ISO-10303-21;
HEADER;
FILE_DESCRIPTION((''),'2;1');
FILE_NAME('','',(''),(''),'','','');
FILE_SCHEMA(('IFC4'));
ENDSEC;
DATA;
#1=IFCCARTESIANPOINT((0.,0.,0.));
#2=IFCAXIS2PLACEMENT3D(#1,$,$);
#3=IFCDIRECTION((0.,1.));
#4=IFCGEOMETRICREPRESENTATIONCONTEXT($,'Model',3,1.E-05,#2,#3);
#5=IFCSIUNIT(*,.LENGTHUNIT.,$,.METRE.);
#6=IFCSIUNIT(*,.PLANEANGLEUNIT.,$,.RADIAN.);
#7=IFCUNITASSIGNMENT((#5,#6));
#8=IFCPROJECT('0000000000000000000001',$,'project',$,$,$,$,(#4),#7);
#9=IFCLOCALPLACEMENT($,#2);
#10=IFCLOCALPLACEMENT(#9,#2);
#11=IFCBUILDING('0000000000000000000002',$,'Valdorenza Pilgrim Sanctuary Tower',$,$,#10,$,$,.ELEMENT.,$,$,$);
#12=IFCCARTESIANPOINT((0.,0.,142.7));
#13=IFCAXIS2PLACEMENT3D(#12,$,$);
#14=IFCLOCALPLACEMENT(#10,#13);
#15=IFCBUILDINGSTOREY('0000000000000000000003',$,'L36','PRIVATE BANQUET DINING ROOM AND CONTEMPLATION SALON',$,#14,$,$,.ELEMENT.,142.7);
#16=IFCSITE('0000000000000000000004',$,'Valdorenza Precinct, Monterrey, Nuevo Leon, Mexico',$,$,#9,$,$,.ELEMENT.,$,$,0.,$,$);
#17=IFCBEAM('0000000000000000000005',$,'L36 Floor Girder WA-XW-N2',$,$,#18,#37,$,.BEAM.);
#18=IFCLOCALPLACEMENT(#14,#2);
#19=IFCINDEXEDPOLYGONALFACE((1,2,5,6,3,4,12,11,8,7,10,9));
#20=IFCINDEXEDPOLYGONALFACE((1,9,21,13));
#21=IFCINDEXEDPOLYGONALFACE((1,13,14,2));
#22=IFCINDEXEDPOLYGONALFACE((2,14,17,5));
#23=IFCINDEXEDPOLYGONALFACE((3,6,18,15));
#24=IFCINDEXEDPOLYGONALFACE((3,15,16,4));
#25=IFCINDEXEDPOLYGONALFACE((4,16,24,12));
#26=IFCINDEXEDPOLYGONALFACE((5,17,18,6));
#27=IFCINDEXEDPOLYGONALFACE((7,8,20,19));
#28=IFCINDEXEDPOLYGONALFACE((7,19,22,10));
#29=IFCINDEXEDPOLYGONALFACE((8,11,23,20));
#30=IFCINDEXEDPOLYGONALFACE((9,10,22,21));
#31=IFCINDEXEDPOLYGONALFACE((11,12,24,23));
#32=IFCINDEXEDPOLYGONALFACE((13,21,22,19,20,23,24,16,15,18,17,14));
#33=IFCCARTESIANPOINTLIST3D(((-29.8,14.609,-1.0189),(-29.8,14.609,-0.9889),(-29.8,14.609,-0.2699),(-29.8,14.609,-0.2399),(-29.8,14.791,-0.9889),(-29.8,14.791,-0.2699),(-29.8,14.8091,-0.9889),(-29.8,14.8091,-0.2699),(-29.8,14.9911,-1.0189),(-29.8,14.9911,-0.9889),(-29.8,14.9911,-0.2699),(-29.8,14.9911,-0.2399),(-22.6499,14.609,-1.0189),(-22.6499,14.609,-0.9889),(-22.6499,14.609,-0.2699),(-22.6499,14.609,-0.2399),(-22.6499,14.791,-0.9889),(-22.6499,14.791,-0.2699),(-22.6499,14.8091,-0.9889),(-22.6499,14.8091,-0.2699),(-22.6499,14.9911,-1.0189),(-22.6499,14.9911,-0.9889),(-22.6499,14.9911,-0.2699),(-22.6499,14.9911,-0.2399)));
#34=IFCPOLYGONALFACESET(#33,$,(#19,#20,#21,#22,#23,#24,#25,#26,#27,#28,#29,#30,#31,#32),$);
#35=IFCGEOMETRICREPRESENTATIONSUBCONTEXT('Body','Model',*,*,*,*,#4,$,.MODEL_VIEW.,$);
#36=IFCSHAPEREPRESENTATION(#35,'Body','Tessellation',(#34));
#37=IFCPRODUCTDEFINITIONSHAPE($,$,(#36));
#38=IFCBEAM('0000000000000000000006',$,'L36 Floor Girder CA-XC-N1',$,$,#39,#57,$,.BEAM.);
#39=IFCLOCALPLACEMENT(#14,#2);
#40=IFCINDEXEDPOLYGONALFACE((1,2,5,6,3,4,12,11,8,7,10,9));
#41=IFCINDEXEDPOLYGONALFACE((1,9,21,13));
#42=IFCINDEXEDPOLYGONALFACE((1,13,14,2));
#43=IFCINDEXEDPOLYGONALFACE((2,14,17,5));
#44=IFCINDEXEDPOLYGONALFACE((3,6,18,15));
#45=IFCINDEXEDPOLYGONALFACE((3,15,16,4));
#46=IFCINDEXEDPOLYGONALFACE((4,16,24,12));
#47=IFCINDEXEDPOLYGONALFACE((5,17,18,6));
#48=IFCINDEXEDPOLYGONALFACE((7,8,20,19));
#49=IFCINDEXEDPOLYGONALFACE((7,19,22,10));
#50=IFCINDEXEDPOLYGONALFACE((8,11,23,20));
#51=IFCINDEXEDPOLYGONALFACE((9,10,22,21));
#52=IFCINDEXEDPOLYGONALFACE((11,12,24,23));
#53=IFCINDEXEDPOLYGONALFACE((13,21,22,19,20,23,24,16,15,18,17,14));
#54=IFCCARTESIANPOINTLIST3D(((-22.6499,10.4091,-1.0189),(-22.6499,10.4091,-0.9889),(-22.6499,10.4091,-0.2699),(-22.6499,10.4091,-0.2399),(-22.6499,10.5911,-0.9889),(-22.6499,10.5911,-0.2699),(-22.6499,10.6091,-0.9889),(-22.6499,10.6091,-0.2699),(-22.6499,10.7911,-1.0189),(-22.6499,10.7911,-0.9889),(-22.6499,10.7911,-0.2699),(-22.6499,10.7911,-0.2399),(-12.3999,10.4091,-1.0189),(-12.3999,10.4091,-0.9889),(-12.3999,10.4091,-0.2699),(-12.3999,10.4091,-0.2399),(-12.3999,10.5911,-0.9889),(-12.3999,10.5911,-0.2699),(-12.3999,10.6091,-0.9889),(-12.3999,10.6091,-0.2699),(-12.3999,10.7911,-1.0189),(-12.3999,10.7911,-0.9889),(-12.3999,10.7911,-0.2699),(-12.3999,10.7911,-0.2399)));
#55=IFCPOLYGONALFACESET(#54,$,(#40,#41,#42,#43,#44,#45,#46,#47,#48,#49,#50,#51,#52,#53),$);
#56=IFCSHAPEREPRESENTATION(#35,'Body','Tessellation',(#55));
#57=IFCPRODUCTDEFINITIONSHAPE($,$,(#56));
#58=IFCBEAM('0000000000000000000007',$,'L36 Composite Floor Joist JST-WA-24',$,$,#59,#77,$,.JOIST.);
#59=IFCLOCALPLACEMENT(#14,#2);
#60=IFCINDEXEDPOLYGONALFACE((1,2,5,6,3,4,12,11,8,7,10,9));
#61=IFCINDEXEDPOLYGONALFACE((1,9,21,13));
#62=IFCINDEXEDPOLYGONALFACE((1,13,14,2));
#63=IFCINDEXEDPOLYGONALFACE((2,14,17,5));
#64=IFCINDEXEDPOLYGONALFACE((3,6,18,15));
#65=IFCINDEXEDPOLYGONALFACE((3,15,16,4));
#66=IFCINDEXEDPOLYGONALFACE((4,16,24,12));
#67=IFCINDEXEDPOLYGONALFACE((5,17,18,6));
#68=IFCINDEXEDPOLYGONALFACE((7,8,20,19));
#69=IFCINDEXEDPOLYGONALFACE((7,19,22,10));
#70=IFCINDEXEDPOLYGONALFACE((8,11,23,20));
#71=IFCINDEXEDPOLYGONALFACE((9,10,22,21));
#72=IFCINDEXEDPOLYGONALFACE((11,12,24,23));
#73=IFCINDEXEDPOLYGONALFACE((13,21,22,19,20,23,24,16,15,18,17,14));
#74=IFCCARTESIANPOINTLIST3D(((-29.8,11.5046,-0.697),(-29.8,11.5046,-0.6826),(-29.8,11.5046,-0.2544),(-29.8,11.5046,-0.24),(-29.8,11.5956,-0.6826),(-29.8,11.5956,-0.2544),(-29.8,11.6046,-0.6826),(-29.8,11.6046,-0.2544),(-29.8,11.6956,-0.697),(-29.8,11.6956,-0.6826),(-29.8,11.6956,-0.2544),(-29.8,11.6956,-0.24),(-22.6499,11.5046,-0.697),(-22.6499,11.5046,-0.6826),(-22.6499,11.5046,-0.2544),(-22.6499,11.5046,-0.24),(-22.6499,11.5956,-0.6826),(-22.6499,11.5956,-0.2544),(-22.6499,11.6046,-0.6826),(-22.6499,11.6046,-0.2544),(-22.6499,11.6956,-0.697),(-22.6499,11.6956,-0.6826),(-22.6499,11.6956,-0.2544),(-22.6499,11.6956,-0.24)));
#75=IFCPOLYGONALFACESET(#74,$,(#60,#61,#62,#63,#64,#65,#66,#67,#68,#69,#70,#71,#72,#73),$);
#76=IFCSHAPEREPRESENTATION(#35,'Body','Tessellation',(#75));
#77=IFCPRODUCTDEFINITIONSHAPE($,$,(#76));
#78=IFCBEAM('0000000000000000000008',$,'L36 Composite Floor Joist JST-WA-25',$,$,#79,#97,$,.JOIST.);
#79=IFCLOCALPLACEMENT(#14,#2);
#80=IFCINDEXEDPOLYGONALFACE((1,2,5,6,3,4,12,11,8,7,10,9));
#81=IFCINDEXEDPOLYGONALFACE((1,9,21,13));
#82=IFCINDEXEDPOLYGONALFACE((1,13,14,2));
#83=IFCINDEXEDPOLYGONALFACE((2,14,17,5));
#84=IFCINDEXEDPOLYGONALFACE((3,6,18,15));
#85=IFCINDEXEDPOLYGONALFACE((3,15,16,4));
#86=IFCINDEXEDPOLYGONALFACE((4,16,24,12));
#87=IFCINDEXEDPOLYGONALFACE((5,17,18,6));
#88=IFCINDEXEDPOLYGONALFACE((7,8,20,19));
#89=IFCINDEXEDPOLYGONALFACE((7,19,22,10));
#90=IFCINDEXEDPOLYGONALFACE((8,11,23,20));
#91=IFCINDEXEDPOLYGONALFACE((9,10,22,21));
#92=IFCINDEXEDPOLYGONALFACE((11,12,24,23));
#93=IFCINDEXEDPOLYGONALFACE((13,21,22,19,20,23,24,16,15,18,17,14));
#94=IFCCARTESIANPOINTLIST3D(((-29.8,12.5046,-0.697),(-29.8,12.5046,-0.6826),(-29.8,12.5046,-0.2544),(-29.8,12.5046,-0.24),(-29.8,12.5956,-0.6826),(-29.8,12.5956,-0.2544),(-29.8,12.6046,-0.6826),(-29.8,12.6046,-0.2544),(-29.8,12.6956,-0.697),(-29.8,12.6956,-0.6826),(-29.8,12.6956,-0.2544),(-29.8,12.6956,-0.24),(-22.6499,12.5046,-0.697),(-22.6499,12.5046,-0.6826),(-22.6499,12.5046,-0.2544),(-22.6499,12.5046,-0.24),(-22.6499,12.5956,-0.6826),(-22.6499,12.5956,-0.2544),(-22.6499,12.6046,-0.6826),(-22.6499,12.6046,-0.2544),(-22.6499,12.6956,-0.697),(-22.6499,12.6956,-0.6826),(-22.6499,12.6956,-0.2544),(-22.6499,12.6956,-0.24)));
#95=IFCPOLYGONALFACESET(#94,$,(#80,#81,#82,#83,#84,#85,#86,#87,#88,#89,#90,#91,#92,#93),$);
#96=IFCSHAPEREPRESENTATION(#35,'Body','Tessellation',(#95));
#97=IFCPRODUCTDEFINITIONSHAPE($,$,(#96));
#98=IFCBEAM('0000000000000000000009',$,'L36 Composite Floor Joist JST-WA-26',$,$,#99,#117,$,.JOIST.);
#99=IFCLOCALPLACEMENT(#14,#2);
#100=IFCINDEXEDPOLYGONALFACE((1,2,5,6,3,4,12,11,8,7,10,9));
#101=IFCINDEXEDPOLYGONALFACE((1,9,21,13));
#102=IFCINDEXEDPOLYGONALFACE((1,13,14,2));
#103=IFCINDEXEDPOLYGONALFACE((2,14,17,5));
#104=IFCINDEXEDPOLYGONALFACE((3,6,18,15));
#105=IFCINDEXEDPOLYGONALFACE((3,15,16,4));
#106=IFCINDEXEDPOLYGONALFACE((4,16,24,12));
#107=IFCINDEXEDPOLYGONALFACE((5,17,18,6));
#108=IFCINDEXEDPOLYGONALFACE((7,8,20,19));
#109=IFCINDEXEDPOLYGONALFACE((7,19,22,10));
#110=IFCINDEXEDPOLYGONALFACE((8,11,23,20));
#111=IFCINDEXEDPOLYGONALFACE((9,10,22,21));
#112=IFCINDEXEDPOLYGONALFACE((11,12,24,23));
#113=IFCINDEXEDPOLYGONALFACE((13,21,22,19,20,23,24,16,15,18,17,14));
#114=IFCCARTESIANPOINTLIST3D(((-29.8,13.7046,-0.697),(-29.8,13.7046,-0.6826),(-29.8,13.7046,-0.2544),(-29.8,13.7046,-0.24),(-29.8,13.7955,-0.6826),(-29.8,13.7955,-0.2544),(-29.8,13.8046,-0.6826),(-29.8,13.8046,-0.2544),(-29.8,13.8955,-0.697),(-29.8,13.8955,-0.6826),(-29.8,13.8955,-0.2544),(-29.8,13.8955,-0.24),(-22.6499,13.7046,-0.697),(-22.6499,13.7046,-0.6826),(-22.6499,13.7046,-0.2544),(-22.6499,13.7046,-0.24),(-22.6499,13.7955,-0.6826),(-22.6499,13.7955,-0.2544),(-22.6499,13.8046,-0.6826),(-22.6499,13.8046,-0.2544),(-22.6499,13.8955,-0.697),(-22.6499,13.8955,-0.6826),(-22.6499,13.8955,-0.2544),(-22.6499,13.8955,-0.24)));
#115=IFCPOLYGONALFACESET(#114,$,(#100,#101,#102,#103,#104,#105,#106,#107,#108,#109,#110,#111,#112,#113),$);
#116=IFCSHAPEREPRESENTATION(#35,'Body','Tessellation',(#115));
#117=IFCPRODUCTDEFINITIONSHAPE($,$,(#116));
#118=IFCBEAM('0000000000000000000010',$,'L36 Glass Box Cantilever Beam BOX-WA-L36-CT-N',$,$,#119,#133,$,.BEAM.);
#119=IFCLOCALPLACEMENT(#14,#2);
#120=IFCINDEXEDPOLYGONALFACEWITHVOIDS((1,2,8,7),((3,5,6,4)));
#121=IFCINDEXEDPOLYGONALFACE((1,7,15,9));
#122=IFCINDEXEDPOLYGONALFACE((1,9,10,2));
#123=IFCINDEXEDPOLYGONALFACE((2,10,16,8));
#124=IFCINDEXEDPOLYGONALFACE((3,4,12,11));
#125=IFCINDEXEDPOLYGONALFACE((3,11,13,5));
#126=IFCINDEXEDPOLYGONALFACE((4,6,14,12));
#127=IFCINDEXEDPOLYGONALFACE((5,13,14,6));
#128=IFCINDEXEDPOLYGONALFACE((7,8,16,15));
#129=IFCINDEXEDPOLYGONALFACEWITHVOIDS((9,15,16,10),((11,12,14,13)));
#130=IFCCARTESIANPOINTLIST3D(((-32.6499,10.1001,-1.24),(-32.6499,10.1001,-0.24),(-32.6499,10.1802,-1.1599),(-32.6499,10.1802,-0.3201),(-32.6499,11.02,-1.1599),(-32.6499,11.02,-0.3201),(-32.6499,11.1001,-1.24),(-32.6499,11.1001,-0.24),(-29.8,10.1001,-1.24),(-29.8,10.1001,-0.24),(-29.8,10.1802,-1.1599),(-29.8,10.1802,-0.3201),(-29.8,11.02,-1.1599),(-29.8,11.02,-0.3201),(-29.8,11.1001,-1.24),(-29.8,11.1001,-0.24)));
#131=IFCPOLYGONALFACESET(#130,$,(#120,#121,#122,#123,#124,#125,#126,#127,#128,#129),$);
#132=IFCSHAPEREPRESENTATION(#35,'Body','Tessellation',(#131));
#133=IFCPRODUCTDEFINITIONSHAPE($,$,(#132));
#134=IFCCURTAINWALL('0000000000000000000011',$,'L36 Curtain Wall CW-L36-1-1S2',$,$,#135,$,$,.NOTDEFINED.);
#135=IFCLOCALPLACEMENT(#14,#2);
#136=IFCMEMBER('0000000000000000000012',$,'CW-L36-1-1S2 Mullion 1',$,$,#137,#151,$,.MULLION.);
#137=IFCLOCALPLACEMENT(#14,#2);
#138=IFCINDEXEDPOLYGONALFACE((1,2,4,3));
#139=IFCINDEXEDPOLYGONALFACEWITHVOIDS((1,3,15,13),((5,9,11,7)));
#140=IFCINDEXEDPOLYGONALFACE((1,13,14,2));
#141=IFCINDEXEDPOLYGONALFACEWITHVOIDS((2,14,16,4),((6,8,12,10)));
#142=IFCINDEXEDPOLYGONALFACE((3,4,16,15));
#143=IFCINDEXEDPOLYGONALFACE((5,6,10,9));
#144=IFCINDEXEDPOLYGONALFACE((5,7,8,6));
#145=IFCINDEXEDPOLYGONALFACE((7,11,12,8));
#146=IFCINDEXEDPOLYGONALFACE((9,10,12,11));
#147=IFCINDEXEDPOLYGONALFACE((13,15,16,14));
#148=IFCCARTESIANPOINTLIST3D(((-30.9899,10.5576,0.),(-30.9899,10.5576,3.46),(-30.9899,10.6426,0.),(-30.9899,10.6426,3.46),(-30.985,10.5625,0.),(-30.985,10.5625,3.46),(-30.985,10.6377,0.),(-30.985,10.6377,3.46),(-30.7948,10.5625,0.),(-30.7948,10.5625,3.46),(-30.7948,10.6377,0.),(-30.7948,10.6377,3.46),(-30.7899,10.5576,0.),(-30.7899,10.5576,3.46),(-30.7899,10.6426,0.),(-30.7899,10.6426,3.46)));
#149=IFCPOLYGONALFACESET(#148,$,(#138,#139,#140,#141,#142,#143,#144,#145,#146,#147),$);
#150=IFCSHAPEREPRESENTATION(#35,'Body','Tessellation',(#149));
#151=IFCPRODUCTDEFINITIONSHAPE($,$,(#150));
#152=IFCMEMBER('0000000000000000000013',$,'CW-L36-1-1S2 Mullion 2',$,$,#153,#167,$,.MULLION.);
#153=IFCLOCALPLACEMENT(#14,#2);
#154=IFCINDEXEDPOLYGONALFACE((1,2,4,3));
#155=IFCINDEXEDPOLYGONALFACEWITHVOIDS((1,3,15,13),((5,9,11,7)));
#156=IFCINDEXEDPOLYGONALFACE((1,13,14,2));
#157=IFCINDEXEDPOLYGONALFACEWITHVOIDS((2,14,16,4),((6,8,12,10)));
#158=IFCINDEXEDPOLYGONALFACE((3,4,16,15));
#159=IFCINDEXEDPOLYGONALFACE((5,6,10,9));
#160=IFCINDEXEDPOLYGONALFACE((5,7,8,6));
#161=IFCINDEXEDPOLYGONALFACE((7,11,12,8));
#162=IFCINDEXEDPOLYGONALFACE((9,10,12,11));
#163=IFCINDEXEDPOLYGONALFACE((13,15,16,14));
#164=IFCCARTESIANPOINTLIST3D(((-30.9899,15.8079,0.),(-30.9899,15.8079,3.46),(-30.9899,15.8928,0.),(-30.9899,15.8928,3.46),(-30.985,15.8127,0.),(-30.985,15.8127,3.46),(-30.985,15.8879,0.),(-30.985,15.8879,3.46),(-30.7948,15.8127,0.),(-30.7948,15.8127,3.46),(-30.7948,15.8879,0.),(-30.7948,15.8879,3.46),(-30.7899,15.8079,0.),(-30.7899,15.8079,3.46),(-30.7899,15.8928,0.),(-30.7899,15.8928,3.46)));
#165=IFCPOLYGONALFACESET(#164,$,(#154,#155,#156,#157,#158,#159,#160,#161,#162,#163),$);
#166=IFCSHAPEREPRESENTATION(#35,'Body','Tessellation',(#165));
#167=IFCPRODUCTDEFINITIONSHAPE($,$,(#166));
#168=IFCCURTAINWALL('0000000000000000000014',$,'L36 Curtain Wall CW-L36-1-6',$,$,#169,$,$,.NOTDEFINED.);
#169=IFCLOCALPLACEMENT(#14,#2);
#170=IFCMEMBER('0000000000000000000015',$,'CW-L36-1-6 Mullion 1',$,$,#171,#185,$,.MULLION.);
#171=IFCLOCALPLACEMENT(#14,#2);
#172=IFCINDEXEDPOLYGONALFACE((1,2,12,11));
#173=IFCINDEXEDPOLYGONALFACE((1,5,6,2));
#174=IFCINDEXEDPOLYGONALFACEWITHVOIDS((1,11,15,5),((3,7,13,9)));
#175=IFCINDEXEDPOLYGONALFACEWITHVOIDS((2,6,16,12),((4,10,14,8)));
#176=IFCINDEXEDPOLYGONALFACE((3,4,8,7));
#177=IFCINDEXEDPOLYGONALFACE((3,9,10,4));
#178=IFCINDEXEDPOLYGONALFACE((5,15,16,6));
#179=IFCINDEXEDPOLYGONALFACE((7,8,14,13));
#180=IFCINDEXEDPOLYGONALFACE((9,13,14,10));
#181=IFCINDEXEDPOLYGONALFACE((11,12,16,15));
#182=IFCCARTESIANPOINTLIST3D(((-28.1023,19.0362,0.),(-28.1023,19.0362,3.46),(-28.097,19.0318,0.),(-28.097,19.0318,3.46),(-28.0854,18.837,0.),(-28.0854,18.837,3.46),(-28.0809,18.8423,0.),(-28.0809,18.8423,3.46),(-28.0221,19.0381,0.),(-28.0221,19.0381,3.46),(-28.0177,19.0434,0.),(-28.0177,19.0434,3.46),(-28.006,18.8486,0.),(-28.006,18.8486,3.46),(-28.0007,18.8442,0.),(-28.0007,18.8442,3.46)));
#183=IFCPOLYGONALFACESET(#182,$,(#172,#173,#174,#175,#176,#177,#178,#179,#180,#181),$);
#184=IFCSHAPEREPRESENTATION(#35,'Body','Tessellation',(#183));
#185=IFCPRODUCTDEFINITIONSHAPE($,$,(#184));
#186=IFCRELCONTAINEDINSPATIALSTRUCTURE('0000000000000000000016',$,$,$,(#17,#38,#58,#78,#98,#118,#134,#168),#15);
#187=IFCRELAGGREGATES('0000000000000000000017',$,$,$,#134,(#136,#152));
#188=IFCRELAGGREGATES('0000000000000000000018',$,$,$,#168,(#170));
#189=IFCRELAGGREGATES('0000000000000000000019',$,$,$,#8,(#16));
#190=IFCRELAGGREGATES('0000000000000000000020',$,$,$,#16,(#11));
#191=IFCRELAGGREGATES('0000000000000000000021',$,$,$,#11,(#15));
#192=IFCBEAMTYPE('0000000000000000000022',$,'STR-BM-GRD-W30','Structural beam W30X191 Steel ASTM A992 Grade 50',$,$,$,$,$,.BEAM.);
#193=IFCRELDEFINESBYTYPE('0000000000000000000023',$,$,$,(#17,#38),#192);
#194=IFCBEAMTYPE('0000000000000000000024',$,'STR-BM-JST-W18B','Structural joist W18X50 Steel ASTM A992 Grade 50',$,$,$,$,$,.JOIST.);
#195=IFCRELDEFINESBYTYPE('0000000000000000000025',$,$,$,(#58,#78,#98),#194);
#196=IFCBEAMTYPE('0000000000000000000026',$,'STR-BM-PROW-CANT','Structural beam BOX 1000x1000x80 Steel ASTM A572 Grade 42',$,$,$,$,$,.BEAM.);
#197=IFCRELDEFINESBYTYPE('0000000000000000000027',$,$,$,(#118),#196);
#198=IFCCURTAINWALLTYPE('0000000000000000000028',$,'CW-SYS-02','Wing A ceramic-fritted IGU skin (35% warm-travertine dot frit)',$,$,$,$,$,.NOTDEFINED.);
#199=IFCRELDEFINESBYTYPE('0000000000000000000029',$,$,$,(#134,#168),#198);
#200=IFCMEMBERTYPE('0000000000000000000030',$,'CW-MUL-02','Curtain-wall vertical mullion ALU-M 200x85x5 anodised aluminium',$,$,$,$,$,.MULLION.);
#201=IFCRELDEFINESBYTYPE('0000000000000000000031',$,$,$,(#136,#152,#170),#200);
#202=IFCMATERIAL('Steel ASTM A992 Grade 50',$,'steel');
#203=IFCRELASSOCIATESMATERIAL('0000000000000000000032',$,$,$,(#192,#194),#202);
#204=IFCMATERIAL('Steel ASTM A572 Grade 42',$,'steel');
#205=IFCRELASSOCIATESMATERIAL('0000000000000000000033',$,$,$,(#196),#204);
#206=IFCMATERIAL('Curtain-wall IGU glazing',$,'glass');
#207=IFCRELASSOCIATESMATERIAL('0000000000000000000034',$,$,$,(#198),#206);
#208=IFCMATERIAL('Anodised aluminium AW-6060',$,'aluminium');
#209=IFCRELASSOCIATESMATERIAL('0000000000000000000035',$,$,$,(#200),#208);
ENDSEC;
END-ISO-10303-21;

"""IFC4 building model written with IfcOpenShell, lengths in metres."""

from ifc_helpers import new_model, si_unit, direction, frame, origin, origin_2d, place, context, subcontext, project, spatial, hollow_rectangle, i_section, extrude, source, transform, mapped, material, material_profile, profile_set, type_object, element, aggregate, save


model = new_model("IFC4")

# Units and contexts
model_context = context("Model", 3, precision=1e-05, world=origin(), true_north=direction((0.0, 1.0)))
body_context = subcontext(model_context, "Body", "Model", "MODEL_VIEW")
ifc_project = project(units=[si_unit("LENGTHUNIT", "METRE"), si_unit("PLANEANGLEUNIT", "RADIAN")], contexts=[model_context])

# Site, building, storey
site_placement = place(None, origin())
site = spatial("IfcSite", under=ifc_project, at=site_placement, Name="Valdorenza Precinct, Monterrey, Nuevo Leon, Mexico", CompositionType="ELEMENT", RefElevation=0.0)
building_placement = place(site_placement, origin())
building = spatial("IfcBuilding", under=site, at=building_placement, Name="Valdorenza Pilgrim Sanctuary Tower", CompositionType="ELEMENT")
storey_placement = place(building_placement, frame((0.0, 0.0, 142.7)))
storey = spatial("IfcBuildingStorey", under=building, at=storey_placement, Name="L36", Description="PRIVATE BANQUET DINING ROOM AND CONTEMPLATION SALON", CompositionType="ELEMENT", Elevation=142.7)

# Beams
ifc_material_1 = material(Name="Steel ASTM A992 Grade 50", Category="steel")
ifc_material_profile_1 = material_profile(ifc_material_1, i_section(OverallWidth=0.3821, OverallDepth=0.7791, WebThickness=0.0181, FlangeThickness=0.03, at=origin_2d()), Name="W30X191")
ifc_profile_set_1 = profile_set([ifc_material_profile_1], Name="Steel ASTM A992 Grade 50")
beam_type_1 = type_object("IfcBeamType", Name="STR-BM-GRD-W30", Description="Structural beam W30X191 Steel ASTM A992 Grade 50", PredefinedType="BEAM", material=ifc_profile_set_1)
shared_shape_1 = source(origin(), body_context, "Body", "SweptSolid", [
    extrude(i_section(OverallWidth=0.3821, OverallDepth=0.7791, WebThickness=0.0181, FlangeThickness=0.03, at=origin_2d()), origin(), (0.0, 0.0, 1.0), 7.1501),
])
for number, where, z_axis, x_axis, name in (
    (1, (-29.8, 14.8, -0.6294), (1.0, 0.0, 0.0), (0.0, 1.0, 0.0), "L36 Floor Girder WA-XW-N2"),
):
    element("IfcBeam", number, at=place(storey_placement, frame(where, z_axis=z_axis, x_axis=x_axis)), inside=storey, type_object=beam_type_1, Name=name, PredefinedType="BEAM", context=body_context, shape_type="MappedRepresentation", body=[
        mapped(shared_shape_1, transform((0.0, 0.0, 0.0), x_axis=(1.0, 0.0, 0.0), y_axis=(0.0, 1.0, 0.0), z_axis=(0.0, 0.0, 1.0), scale=1.0)),
    ])
shared_shape_2 = source(origin(), body_context, "Body", "SweptSolid", [
    extrude(i_section(OverallWidth=0.3821, OverallDepth=0.7791, WebThickness=0.0181, FlangeThickness=0.03, at=origin_2d()), origin(), (0.0, 0.0, 1.0), 10.25),
])
beam_1_placement = place(storey_placement, frame((-22.6499, 10.6001, -0.6294), z_axis=(1.0, 0.0, 0.0), x_axis=(0.0, 1.0, 0.0)))
element("IfcBeam", 2, at=beam_1_placement, inside=storey, type_object=beam_type_1, Name="L36 Floor Girder CA-XC-N1", PredefinedType="BEAM", context=body_context, shape_type="MappedRepresentation", body=[
    mapped(shared_shape_2, transform((0.0, 0.0, 0.0), x_axis=(1.0, 0.0, 0.0), y_axis=(0.0, 1.0, 0.0), z_axis=(0.0, 0.0, 1.0), scale=1.0)),
])
ifc_material_profile_2 = material_profile(ifc_material_1, i_section(OverallWidth=0.1909, OverallDepth=0.457, WebThickness=0.009, FlangeThickness=0.0144, at=origin_2d()), Name="W18X50")
ifc_profile_set_2 = profile_set([ifc_material_profile_2], Name="Steel ASTM A992 Grade 50")
beam_type_2 = type_object("IfcBeamType", Name="STR-BM-JST-W18B", Description="Structural joist W18X50 Steel ASTM A992 Grade 50", PredefinedType="JOIST", material=ifc_profile_set_2)
shared_shape_3 = source(origin(), body_context, "Body", "SweptSolid", [
    extrude(i_section(OverallWidth=0.1909, OverallDepth=0.457, WebThickness=0.009, FlangeThickness=0.0144, at=origin_2d()), origin(), (0.0, 0.0, 1.0), 7.1501),
])
for number, where, z_axis, x_axis, name in (
    (3, (-29.8, 11.6001, -0.4685), (1.0, 0.0, 0.0), (0.0, 1.0, 0.0), "L36 Composite Floor Joist JST-WA-24"),
    (4, (-29.8, 12.6001, -0.4685), (1.0, 0.0, 0.0), (0.0, 1.0, 0.0), "L36 Composite Floor Joist JST-WA-25"),
    (5, (-29.8, 13.8, -0.4685), (1.0, 0.0, 0.0), (0.0, 1.0, 0.0), "L36 Composite Floor Joist JST-WA-26"),
):
    element("IfcBeam", number, at=place(storey_placement, frame(where, z_axis=z_axis, x_axis=x_axis)), inside=storey, type_object=beam_type_2, Name=name, PredefinedType="JOIST", context=body_context, shape_type="MappedRepresentation", body=[
        mapped(shared_shape_3, transform((0.0, 0.0, 0.0), x_axis=(1.0, 0.0, 0.0), y_axis=(0.0, 1.0, 0.0), z_axis=(0.0, 0.0, 1.0), scale=1.0)),
    ])
ifc_material_2 = material(Name="Steel ASTM A572 Grade 42", Category="steel")
ifc_material_profile_3 = material_profile(ifc_material_2, hollow_rectangle(XDim=1.0, YDim=1.0, WallThickness=0.0801, at=origin_2d()), Name="BOX 1000x1000x80")
ifc_profile_set_3 = profile_set([ifc_material_profile_3], Name="Steel ASTM A572 Grade 42")
beam_type_3 = type_object("IfcBeamType", Name="STR-BM-PROW-CANT", Description="Structural beam BOX 1000x1000x80 Steel ASTM A572 Grade 42", PredefinedType="BEAM", material=ifc_profile_set_3)
shared_shape_4 = source(origin(), body_context, "Body", "SweptSolid", [
    extrude(hollow_rectangle(XDim=1.0, YDim=1.0, WallThickness=0.0801, at=origin_2d()), origin(), (0.0, 0.0, 1.0), 2.8499),
])
beam_2_placement = place(storey_placement, frame((-29.8, 10.6001, -0.74), z_axis=(-1.0, 0.0, 0.0), x_axis=(0.0, -1.0, 0.0)))
element("IfcBeam", 6, at=beam_2_placement, inside=storey, type_object=beam_type_3, Name="L36 Glass Box Cantilever Beam BOX-WA-L36-CT-N", PredefinedType="BEAM", context=body_context, shape_type="MappedRepresentation", body=[
    mapped(shared_shape_4, transform((0.0, 0.0, 0.0), x_axis=(1.0, 0.0, 0.0), y_axis=(0.0, 1.0, 0.0), z_axis=(0.0, 0.0, 1.0), scale=1.0)),
])

# Curtain wall, members
ifc_material_3 = material(Name="Curtain-wall IGU glazing", Category="glass")
curtain_wall_type = type_object("IfcCurtainWallType", Name="CW-SYS-02", Description="Wing A ceramic-fritted IGU skin (35% warm-travertine dot frit)", PredefinedType="NOTDEFINED", material=ifc_material_3)
curtain_wall_1_placement = place(storey_placement, origin())
curtain_wall_1 = element("IfcCurtainWall", 7, at=curtain_wall_1_placement, inside=storey, type_object=curtain_wall_type, Name="L36 Curtain Wall CW-L36-1-1S2", PredefinedType="NOTDEFINED")
ifc_material_4 = material(Name="Anodised aluminium AW-6060", Category="aluminium")
ifc_material_profile_4 = material_profile(ifc_material_4, hollow_rectangle(XDim=0.085, YDim=0.2, WallThickness=0.0049, at=origin_2d()), Name="ALU-M 200x85x5")
ifc_profile_set_4 = profile_set([ifc_material_profile_4], Name="Anodised aluminium AW-6060")
member_type_1 = type_object("IfcMemberType", Name="CW-MUL-02", Description="Curtain-wall vertical mullion ALU-M 200x85x5 anodised aluminium", PredefinedType="MULLION", material=ifc_profile_set_4)
shared_shape_5 = source(origin(), body_context, "Body", "SweptSolid", [
    extrude(hollow_rectangle(XDim=0.085, YDim=0.2, WallThickness=0.0049, at=origin_2d()), origin(), (0.0, 0.0, 1.0), 3.46),
])
member_1_placement = place(storey_placement, frame((-30.8899, 10.6001, 0.0), z_axis=(0.0, 0.0, 1.0), x_axis=(0.0, 1.0, 0.0)))
member_1 = element("IfcMember", 8, at=member_1_placement, type_object=member_type_1, Name="CW-L36-1-1S2 Mullion 1", PredefinedType="MULLION", context=body_context, shape_type="MappedRepresentation", body=[
    mapped(shared_shape_5, transform((0.0, 0.0, 0.0), x_axis=(1.0, 0.0, 0.0), y_axis=(0.0, 1.0, 0.0), z_axis=(0.0, 0.0, 1.0), scale=1.0)),
])
member_2_placement = place(storey_placement, frame((-30.8899, 15.8503, 0.0), z_axis=(0.0, 0.0, 1.0), x_axis=(0.0, 1.0, 0.0)))
member_2 = element("IfcMember", 9, at=member_2_placement, type_object=member_type_1, Name="CW-L36-1-1S2 Mullion 2", PredefinedType="MULLION", context=body_context, shape_type="MappedRepresentation", body=[
    mapped(shared_shape_5, transform((0.0, 0.0, 0.0), x_axis=(1.0, 0.0, 0.0), y_axis=(0.0, 1.0, 0.0), z_axis=(0.0, 0.0, 1.0), scale=1.0)),
])

# Curtain wall, member
curtain_wall_2_placement = place(storey_placement, origin())
curtain_wall_2 = element("IfcCurtainWall", 10, at=curtain_wall_2_placement, inside=storey, type_object=curtain_wall_type, Name="L36 Curtain Wall CW-L36-1-6", PredefinedType="NOTDEFINED")
member_3_placement = place(storey_placement, frame((-28.0515, 18.9402, 0.0), z_axis=(0.0, 0.0, 1.0), x_axis=(0.996408, 0.084687, 0.0)))
member_3 = element("IfcMember", 11, at=member_3_placement, type_object=member_type_1, Name="CW-L36-1-6 Mullion 1", PredefinedType="MULLION", context=body_context, shape_type="MappedRepresentation", body=[
    mapped(shared_shape_5, transform((0.0, 0.0, 0.0), x_axis=(1.0, 0.0, 0.0), y_axis=(0.0, 1.0, 0.0), z_axis=(0.0, 0.0, 1.0), scale=1.0)),
])

aggregate(curtain_wall_1, [member_1, member_2])
aggregate(curtain_wall_2, [member_3])

save(model, "model.ifc")
